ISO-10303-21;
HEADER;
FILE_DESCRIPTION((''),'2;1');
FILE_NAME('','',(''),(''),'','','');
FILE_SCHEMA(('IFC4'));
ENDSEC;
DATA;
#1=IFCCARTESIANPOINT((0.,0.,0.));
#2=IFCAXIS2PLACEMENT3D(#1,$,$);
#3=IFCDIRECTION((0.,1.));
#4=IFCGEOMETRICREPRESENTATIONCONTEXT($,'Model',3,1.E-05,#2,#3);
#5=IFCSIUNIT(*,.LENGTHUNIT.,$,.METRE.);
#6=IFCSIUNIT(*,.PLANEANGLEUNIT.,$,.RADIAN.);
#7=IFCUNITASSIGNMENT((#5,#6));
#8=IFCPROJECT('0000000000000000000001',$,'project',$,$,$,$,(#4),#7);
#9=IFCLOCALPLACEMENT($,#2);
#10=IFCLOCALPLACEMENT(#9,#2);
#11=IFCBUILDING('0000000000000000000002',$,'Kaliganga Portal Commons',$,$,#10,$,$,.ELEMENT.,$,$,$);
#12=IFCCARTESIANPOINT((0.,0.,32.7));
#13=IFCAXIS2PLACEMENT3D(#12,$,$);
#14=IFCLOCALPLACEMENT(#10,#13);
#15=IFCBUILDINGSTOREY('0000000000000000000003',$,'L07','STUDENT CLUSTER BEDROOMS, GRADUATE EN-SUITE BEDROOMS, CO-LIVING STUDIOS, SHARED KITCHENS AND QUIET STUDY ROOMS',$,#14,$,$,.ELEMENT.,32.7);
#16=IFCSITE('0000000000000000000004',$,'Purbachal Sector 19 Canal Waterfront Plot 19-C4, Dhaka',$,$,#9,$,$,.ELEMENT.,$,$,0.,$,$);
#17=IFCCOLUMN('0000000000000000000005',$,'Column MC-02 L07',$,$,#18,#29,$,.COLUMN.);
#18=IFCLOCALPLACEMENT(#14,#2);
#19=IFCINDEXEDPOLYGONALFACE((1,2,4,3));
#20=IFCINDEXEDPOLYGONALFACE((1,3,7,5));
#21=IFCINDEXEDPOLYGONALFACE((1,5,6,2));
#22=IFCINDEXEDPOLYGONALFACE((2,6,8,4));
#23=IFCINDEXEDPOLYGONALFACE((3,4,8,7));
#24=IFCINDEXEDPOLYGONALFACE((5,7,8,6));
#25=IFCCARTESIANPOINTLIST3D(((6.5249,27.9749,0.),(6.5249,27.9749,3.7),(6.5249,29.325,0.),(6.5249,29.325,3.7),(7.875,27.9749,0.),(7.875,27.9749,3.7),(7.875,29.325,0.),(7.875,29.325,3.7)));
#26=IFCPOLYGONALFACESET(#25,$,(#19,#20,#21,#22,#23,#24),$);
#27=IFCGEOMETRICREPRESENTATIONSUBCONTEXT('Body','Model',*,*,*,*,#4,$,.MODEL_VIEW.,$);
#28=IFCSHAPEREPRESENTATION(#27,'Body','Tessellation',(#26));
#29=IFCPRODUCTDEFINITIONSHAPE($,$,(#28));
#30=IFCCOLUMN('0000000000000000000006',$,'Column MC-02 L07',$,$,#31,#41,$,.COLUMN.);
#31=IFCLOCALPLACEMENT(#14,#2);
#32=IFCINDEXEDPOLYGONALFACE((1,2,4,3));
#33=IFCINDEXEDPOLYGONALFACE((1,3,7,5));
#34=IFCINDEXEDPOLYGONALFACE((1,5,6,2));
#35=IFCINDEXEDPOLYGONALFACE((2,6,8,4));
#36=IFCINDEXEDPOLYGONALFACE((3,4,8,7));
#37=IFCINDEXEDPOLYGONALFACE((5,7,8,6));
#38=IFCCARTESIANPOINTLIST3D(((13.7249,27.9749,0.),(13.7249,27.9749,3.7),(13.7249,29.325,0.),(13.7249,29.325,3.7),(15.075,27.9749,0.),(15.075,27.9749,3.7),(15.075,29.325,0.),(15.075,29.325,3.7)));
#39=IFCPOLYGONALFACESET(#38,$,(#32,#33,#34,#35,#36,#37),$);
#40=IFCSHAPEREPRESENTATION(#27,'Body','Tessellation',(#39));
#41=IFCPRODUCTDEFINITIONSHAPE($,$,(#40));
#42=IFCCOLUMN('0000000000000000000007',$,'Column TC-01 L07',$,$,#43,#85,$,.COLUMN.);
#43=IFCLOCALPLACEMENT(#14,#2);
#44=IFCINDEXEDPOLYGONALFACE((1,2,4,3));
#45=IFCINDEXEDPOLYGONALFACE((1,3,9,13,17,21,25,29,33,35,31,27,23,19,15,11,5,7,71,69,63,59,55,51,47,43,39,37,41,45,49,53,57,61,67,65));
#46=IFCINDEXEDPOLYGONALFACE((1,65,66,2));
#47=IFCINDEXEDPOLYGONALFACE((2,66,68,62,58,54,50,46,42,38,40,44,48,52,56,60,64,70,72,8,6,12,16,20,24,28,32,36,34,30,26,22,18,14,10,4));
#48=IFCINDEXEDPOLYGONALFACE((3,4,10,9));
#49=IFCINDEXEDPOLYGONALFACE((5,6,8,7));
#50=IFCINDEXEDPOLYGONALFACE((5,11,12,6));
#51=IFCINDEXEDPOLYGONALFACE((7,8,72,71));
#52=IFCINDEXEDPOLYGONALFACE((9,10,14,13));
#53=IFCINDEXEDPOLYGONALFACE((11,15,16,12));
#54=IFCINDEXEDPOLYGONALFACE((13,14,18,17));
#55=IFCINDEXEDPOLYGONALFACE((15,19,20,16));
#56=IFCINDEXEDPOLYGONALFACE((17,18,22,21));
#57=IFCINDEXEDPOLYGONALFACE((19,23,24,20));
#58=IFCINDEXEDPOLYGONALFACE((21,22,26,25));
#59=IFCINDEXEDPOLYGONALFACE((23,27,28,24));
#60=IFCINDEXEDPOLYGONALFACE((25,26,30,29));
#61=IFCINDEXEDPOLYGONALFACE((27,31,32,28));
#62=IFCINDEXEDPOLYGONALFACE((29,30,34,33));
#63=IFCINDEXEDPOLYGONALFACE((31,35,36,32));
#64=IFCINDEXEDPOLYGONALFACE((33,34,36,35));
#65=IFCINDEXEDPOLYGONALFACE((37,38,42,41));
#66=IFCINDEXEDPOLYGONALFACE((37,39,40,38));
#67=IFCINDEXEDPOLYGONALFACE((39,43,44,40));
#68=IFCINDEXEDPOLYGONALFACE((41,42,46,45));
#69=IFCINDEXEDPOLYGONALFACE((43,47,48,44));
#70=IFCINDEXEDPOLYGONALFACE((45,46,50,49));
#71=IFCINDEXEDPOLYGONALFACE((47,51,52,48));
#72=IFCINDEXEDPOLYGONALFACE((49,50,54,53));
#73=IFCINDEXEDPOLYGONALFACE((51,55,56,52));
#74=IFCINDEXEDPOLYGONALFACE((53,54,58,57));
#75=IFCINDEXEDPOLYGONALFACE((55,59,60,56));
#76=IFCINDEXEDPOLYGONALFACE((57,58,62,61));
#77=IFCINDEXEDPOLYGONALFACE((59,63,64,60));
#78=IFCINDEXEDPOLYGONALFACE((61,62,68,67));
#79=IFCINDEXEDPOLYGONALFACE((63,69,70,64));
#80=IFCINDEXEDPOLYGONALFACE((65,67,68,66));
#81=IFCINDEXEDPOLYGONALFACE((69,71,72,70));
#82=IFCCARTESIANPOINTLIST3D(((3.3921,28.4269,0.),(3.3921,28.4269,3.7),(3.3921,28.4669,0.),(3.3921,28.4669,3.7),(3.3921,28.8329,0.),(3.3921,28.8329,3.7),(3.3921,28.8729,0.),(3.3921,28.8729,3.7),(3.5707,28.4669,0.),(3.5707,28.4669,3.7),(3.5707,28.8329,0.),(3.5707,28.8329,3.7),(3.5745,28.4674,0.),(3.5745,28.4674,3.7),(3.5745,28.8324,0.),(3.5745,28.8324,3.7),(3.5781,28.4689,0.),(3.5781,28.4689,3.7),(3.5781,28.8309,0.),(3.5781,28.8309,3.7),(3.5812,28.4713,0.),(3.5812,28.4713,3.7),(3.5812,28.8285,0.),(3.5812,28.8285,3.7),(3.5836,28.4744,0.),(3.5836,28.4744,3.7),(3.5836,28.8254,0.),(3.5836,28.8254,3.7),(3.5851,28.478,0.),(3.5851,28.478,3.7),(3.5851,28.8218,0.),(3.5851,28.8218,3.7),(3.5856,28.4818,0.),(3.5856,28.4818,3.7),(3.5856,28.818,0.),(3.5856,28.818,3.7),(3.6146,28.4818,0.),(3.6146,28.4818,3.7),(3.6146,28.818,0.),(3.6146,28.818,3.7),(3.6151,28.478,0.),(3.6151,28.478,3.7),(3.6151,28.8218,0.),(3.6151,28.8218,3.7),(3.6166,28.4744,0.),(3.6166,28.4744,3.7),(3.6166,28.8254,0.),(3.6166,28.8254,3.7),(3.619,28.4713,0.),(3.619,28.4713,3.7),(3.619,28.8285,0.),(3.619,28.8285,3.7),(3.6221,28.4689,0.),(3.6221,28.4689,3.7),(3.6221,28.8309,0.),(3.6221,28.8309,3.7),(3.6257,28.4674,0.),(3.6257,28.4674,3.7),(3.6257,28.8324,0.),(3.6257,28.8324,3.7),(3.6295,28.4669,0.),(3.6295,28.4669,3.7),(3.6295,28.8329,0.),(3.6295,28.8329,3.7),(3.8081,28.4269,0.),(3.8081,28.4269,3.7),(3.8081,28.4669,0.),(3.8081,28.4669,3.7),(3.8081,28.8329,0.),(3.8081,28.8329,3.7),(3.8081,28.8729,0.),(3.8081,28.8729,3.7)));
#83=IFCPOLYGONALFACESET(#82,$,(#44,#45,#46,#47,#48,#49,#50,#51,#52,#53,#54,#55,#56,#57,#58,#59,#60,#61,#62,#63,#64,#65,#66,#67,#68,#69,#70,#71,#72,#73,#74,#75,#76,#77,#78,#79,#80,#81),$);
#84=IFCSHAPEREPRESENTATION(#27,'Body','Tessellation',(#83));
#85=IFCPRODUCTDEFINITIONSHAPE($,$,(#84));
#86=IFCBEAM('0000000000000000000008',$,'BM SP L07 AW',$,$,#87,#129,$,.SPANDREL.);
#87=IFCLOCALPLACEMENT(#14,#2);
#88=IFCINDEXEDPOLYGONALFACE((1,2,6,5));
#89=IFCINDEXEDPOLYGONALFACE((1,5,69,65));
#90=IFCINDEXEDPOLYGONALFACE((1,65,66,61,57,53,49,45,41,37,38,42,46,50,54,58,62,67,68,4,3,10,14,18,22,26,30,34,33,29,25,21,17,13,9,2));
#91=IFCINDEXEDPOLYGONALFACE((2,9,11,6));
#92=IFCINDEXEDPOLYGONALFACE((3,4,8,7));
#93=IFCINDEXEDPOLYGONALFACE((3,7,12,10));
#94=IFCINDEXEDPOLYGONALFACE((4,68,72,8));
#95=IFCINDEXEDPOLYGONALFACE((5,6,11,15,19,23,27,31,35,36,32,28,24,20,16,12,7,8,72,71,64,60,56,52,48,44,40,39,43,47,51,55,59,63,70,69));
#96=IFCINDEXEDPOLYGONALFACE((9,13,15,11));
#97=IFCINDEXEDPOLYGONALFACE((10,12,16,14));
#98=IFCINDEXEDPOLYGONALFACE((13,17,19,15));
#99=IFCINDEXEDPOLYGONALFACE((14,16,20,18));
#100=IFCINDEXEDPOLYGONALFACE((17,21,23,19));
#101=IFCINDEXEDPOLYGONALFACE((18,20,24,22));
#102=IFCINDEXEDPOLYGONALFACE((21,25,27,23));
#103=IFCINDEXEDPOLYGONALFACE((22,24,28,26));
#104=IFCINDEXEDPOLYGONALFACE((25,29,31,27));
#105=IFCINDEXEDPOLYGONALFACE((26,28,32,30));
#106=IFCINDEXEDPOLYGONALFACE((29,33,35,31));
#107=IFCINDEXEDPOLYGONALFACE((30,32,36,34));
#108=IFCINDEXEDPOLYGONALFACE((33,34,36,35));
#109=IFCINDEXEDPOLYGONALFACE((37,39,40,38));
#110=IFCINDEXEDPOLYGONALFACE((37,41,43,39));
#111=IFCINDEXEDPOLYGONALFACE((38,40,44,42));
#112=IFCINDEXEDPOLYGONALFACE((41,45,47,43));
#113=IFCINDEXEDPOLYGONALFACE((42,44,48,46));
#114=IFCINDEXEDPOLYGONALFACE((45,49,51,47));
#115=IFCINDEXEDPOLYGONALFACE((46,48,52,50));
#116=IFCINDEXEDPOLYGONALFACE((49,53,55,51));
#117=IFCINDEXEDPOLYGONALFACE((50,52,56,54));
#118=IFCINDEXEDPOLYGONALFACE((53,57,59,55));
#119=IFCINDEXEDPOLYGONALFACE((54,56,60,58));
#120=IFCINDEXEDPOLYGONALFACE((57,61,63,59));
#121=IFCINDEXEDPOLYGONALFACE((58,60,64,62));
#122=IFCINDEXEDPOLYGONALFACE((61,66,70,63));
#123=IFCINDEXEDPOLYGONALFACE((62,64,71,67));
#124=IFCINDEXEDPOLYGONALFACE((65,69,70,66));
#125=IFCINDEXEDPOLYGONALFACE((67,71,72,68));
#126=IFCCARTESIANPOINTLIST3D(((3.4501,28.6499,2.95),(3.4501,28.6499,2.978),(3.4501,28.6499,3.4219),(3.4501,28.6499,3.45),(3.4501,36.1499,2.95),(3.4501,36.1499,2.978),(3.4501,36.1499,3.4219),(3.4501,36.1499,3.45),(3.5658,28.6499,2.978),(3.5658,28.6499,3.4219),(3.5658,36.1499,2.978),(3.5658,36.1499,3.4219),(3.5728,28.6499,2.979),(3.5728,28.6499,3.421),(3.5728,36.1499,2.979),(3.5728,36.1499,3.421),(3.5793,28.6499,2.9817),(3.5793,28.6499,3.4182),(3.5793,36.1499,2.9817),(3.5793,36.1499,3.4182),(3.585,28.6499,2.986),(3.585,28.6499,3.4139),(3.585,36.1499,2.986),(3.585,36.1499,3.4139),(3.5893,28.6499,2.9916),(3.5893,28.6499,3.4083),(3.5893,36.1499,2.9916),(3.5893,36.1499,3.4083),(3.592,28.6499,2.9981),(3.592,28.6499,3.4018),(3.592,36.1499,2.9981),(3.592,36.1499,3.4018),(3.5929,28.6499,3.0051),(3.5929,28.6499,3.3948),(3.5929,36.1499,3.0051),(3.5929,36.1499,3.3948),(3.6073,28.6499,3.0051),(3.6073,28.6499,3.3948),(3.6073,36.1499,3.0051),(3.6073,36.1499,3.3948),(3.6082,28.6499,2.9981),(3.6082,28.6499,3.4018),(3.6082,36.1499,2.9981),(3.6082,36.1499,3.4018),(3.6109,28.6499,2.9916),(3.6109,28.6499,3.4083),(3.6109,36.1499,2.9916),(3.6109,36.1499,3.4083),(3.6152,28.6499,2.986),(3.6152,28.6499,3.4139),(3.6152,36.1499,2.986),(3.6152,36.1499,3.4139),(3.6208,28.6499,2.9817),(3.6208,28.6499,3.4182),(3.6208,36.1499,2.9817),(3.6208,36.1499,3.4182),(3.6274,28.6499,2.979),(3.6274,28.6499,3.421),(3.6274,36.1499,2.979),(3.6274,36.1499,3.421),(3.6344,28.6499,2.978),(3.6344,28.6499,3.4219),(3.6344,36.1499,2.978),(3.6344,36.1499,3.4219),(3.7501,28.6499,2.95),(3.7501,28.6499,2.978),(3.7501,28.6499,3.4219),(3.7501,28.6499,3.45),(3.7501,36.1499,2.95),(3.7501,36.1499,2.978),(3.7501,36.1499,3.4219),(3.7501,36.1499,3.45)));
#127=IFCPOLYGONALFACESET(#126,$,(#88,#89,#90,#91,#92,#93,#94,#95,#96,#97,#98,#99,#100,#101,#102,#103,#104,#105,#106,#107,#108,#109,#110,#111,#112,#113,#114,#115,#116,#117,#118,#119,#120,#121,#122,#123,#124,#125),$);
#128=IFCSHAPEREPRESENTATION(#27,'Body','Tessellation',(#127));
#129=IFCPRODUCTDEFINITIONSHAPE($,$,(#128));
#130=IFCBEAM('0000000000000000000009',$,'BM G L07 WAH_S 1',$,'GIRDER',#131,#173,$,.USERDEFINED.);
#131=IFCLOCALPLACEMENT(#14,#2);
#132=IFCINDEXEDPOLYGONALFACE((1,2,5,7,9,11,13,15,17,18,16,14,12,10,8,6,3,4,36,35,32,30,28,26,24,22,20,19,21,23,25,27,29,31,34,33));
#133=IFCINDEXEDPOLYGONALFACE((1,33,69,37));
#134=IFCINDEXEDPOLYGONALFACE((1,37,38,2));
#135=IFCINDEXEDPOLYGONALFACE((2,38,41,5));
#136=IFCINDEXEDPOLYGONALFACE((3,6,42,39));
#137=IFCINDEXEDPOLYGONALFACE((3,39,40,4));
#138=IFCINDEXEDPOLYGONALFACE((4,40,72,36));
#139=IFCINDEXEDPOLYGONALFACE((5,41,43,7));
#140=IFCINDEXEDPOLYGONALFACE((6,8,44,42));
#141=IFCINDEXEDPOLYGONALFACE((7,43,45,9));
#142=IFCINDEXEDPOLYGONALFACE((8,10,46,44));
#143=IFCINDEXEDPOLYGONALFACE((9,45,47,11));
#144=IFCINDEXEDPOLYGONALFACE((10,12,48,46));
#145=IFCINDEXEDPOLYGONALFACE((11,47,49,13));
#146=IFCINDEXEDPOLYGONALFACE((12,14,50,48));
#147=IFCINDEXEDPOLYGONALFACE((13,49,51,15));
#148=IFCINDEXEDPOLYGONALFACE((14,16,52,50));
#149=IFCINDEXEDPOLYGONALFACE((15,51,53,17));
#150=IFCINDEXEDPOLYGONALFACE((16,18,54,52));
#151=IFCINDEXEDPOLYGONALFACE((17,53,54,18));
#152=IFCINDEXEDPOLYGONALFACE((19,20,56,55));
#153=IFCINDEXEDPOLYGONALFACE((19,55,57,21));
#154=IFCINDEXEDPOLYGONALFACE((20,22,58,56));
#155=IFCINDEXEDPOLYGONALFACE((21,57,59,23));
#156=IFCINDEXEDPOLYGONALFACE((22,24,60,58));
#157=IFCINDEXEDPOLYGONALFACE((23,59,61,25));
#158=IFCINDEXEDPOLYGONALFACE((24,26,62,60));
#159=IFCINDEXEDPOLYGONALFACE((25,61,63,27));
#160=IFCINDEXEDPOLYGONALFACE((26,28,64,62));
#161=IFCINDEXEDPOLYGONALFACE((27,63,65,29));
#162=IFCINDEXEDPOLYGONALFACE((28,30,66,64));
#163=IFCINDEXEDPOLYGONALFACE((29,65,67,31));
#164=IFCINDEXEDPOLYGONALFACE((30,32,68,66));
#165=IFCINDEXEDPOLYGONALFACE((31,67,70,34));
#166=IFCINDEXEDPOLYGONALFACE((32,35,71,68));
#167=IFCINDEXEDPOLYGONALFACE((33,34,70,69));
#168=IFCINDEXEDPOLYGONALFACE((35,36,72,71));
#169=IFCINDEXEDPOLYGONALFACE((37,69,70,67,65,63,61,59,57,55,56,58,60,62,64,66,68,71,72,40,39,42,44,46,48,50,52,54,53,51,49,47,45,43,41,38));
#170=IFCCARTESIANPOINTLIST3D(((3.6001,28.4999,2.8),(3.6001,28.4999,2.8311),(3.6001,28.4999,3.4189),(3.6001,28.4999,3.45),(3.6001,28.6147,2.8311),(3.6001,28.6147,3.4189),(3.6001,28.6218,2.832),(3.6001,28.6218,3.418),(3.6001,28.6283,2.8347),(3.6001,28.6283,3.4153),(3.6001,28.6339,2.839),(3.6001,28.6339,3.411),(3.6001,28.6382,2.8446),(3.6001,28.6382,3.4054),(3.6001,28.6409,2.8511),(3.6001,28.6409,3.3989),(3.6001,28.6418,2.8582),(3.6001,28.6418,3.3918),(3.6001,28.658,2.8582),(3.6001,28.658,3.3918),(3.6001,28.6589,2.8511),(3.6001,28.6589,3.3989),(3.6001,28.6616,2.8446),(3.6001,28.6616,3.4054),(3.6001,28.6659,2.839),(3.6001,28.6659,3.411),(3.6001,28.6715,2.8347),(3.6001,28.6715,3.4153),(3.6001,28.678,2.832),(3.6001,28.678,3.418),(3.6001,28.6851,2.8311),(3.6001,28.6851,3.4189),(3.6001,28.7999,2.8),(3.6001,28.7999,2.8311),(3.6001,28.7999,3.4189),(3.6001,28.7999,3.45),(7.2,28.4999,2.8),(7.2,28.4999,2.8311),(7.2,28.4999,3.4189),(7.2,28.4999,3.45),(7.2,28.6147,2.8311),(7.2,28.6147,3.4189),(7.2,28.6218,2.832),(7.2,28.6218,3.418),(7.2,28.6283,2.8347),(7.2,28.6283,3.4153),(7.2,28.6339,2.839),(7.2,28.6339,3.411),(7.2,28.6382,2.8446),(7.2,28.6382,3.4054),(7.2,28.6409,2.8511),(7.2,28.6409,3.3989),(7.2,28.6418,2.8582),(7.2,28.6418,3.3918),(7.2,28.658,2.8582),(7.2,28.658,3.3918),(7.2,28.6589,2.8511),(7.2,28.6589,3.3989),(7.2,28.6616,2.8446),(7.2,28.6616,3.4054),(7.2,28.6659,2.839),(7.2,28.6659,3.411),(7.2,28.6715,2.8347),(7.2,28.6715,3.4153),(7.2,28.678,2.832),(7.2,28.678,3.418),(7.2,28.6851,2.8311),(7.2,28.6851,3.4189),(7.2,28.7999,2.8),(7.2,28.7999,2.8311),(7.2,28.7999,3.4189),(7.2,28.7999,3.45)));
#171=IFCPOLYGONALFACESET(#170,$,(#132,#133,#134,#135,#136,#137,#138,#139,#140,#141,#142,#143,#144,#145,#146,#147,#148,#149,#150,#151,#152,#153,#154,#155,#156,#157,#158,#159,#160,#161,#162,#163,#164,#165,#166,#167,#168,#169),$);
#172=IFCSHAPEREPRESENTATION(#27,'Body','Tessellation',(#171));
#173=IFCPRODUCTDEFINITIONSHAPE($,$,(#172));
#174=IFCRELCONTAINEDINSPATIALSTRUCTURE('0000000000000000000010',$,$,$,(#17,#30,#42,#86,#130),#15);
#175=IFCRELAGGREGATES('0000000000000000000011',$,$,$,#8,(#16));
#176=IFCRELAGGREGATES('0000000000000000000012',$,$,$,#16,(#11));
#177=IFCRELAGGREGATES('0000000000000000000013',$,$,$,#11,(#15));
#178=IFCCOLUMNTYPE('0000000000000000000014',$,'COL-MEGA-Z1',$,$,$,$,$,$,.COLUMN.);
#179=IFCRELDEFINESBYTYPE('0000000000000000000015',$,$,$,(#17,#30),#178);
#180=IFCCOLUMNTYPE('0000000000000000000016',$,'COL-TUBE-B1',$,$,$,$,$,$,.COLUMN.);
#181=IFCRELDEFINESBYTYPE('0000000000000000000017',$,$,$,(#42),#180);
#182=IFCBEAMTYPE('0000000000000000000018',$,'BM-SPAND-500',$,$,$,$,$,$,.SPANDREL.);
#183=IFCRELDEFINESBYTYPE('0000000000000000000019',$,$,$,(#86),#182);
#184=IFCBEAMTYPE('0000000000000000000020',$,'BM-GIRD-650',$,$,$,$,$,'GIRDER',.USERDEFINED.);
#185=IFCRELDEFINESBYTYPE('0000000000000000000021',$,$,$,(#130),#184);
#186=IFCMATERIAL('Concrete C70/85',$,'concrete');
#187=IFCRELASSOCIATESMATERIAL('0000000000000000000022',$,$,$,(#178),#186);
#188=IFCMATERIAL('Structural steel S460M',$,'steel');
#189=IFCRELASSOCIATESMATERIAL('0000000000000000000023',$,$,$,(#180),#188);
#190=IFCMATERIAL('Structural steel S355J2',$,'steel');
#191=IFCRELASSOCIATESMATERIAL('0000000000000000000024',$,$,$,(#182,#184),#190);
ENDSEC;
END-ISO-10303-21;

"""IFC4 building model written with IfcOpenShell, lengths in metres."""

from ifc_helpers import new_model, si_unit, direction, frame, origin, origin_2d, place, context, subcontext, project, spatial, rectangle, i_section, extrude, source, transform, mapped, material, material_profile, profile_set, type_object, element, save


model = new_model("IFC4")

# Units and contexts
model_context = context("Model", 3, precision=1e-05, world=origin(), true_north=direction((0.0, 1.0)))
body_context = subcontext(model_context, "Body", "Model", "MODEL_VIEW")
ifc_project = project(units=[si_unit("LENGTHUNIT", "METRE"), si_unit("PLANEANGLEUNIT", "RADIAN")], contexts=[model_context])

# Site, building, storey
site_placement = place(None, origin())
site = spatial("IfcSite", under=ifc_project, at=site_placement, Name="Purbachal Sector 19 Canal Waterfront Plot 19-C4, Dhaka", CompositionType="ELEMENT", RefElevation=0.0)
building_placement = place(site_placement, origin())
building = spatial("IfcBuilding", under=site, at=building_placement, Name="Kaliganga Portal Commons", CompositionType="ELEMENT")
storey_placement = place(building_placement, frame((0.0, 0.0, 32.7)))
storey = spatial("IfcBuildingStorey", under=building, at=storey_placement, Name="L07", Description="STUDENT CLUSTER BEDROOMS, GRADUATE EN-SUITE BEDROOMS, CO-LIVING STUDIOS, SHARED KITCHENS AND QUIET STUDY ROOMS", CompositionType="ELEMENT", Elevation=32.7)

# Columns
ifc_material_1 = material(Name="Concrete C70/85", Category="concrete")
ifc_material_profile_1 = material_profile(ifc_material_1, rectangle(XDim=1.3501, YDim=1.3501, at=origin_2d()), Name="RC 1350x1350")
ifc_profile_set_1 = profile_set([ifc_material_profile_1], Name="Concrete C70/85")
column_type_1 = type_object("IfcColumnType", Name="COL-MEGA-Z1", PredefinedType="COLUMN", material=ifc_profile_set_1)
shared_shape_1 = source(origin(), body_context, "Body", "SweptSolid", [
    extrude(rectangle(XDim=1.3501, YDim=1.3501, at=origin_2d()), origin(), (0.0, 0.0, 1.0), 3.7),
])
for number, where, z_axis, x_axis, name in (
    (1, (7.2, 28.6499, 0.0), (0.0, 0.0, 1.0), (1.0, 0.0, 0.0), "Column MC-02 L07"),
    (2, (14.3999, 28.6499, 0.0), (0.0, 0.0, 1.0), (1.0, 0.0, 0.0), "Column MC-02 L07"),
):
    element("IfcColumn", number, at=place(storey_placement, frame(where, z_axis=z_axis, x_axis=x_axis)), inside=storey, type_object=column_type_1, Name=name, PredefinedType="COLUMN", context=body_context, shape_type="MappedRepresentation", body=[
        mapped(shared_shape_1, transform((0.0, 0.0, 0.0), x_axis=(1.0, 0.0, 0.0), y_axis=(0.0, 1.0, 0.0), z_axis=(0.0, 0.0, 1.0), scale=1.0)),
    ])
ifc_material_2 = material(Name="Structural steel S460M", Category="steel")
ifc_material_profile_2 = material_profile(ifc_material_2, i_section(OverallWidth=0.416, OverallDepth=0.446, WebThickness=0.0291, FlangeThickness=0.04, FilletRadius=0.0149, at=origin_2d()), Name="HD 400x509")
ifc_profile_set_2 = profile_set([ifc_material_profile_2], Name="Structural steel S460M wide-flange")
column_type_2 = type_object("IfcColumnType", Name="COL-TUBE-B1", PredefinedType="COLUMN", material=ifc_profile_set_2)
shared_shape_2 = source(origin(), body_context, "Body", "SweptSolid", [
    extrude(i_section(OverallWidth=0.416, OverallDepth=0.446, WebThickness=0.0291, FlangeThickness=0.04, FilletRadius=0.0149, at=origin_2d()), origin(), (0.0, 0.0, 1.0), 3.7),
])
column_placement = place(storey_placement, frame((3.6001, 28.6499, 0.0), z_axis=(0.0, 0.0, 1.0), x_axis=(1.0, 0.0, 0.0)))
element("IfcColumn", 3, at=column_placement, inside=storey, type_object=column_type_2, Name="Column TC-01 L07", PredefinedType="COLUMN", context=body_context, shape_type="MappedRepresentation", body=[
    mapped(shared_shape_2, transform((0.0, 0.0, 0.0), x_axis=(1.0, 0.0, 0.0), y_axis=(0.0, 1.0, 0.0), z_axis=(0.0, 0.0, 1.0), scale=1.0)),
])

# Beams
ifc_material_3 = material(Name="Structural steel S355J2", Category="steel")
ifc_material_profile_3 = material_profile(ifc_material_3, i_section(OverallWidth=0.3, OverallDepth=0.5, WebThickness=0.0144, FlangeThickness=0.0281, FilletRadius=0.0271, at=origin_2d()), Name="HE 500 B")
ifc_profile_set_3 = profile_set([ifc_material_profile_3], Name="Structural steel S355J2 wide-flange")
beam_type_1 = type_object("IfcBeamType", Name="BM-SPAND-500", PredefinedType="SPANDREL", material=ifc_profile_set_3)
shared_shape_3 = source(origin(), body_context, "Body", "SweptSolid", [
    extrude(i_section(OverallWidth=0.3, OverallDepth=0.5, WebThickness=0.0144, FlangeThickness=0.0281, FilletRadius=0.0271, at=origin_2d()), origin(), (0.0, 0.0, 1.0), 7.5),
])
beam_1_placement = place(storey_placement, frame((3.6001, 28.6499, 3.2), z_axis=(0.0, 1.0, 0.0), x_axis=(-1.0, 0.0, 0.0)))
element("IfcBeam", 4, at=beam_1_placement, inside=storey, type_object=beam_type_1, Name="BM SP L07 AW", PredefinedType="SPANDREL", context=body_context, shape_type="MappedRepresentation", body=[
    mapped(shared_shape_3, transform((0.0, 0.0, 0.0), x_axis=(1.0, 0.0, 0.0), y_axis=(0.0, 1.0, 0.0), z_axis=(0.0, 0.0, 1.0), scale=1.0)),
])
ifc_material_profile_4 = material_profile(ifc_material_3, i_section(OverallWidth=0.3, OverallDepth=0.6499, WebThickness=0.0161, FlangeThickness=0.031, FilletRadius=0.0271, at=origin_2d()), Name="HE 650 B")
ifc_profile_set_4 = profile_set([ifc_material_profile_4], Name="Structural steel S355J2 wide-flange")
beam_type_2 = type_object("IfcBeamType", Name="BM-GIRD-650", ElementType="GIRDER", PredefinedType="USERDEFINED", material=ifc_profile_set_4)
shared_shape_4 = source(origin(), body_context, "Body", "SweptSolid", [
    extrude(i_section(OverallWidth=0.3, OverallDepth=0.6499, WebThickness=0.0161, FlangeThickness=0.031, FilletRadius=0.0271, at=origin_2d()), origin(), (0.0, 0.0, 1.0), 3.5999),
])
beam_2_placement = place(storey_placement, frame((3.6001, 28.6499, 3.125), z_axis=(1.0, 0.0, 0.0), x_axis=(0.0, 1.0, 0.0)))
element("IfcBeam", 5, at=beam_2_placement, inside=storey, type_object=beam_type_2, Name="BM G L07 WAH_S 1", ObjectType="GIRDER", PredefinedType="USERDEFINED", context=body_context, shape_type="MappedRepresentation", body=[
    mapped(shared_shape_4, transform((0.0, 0.0, 0.0), x_axis=(1.0, 0.0, 0.0), y_axis=(0.0, 1.0, 0.0), z_axis=(0.0, 0.0, 1.0), scale=1.0)),
])

save(model, "model.ifc")
